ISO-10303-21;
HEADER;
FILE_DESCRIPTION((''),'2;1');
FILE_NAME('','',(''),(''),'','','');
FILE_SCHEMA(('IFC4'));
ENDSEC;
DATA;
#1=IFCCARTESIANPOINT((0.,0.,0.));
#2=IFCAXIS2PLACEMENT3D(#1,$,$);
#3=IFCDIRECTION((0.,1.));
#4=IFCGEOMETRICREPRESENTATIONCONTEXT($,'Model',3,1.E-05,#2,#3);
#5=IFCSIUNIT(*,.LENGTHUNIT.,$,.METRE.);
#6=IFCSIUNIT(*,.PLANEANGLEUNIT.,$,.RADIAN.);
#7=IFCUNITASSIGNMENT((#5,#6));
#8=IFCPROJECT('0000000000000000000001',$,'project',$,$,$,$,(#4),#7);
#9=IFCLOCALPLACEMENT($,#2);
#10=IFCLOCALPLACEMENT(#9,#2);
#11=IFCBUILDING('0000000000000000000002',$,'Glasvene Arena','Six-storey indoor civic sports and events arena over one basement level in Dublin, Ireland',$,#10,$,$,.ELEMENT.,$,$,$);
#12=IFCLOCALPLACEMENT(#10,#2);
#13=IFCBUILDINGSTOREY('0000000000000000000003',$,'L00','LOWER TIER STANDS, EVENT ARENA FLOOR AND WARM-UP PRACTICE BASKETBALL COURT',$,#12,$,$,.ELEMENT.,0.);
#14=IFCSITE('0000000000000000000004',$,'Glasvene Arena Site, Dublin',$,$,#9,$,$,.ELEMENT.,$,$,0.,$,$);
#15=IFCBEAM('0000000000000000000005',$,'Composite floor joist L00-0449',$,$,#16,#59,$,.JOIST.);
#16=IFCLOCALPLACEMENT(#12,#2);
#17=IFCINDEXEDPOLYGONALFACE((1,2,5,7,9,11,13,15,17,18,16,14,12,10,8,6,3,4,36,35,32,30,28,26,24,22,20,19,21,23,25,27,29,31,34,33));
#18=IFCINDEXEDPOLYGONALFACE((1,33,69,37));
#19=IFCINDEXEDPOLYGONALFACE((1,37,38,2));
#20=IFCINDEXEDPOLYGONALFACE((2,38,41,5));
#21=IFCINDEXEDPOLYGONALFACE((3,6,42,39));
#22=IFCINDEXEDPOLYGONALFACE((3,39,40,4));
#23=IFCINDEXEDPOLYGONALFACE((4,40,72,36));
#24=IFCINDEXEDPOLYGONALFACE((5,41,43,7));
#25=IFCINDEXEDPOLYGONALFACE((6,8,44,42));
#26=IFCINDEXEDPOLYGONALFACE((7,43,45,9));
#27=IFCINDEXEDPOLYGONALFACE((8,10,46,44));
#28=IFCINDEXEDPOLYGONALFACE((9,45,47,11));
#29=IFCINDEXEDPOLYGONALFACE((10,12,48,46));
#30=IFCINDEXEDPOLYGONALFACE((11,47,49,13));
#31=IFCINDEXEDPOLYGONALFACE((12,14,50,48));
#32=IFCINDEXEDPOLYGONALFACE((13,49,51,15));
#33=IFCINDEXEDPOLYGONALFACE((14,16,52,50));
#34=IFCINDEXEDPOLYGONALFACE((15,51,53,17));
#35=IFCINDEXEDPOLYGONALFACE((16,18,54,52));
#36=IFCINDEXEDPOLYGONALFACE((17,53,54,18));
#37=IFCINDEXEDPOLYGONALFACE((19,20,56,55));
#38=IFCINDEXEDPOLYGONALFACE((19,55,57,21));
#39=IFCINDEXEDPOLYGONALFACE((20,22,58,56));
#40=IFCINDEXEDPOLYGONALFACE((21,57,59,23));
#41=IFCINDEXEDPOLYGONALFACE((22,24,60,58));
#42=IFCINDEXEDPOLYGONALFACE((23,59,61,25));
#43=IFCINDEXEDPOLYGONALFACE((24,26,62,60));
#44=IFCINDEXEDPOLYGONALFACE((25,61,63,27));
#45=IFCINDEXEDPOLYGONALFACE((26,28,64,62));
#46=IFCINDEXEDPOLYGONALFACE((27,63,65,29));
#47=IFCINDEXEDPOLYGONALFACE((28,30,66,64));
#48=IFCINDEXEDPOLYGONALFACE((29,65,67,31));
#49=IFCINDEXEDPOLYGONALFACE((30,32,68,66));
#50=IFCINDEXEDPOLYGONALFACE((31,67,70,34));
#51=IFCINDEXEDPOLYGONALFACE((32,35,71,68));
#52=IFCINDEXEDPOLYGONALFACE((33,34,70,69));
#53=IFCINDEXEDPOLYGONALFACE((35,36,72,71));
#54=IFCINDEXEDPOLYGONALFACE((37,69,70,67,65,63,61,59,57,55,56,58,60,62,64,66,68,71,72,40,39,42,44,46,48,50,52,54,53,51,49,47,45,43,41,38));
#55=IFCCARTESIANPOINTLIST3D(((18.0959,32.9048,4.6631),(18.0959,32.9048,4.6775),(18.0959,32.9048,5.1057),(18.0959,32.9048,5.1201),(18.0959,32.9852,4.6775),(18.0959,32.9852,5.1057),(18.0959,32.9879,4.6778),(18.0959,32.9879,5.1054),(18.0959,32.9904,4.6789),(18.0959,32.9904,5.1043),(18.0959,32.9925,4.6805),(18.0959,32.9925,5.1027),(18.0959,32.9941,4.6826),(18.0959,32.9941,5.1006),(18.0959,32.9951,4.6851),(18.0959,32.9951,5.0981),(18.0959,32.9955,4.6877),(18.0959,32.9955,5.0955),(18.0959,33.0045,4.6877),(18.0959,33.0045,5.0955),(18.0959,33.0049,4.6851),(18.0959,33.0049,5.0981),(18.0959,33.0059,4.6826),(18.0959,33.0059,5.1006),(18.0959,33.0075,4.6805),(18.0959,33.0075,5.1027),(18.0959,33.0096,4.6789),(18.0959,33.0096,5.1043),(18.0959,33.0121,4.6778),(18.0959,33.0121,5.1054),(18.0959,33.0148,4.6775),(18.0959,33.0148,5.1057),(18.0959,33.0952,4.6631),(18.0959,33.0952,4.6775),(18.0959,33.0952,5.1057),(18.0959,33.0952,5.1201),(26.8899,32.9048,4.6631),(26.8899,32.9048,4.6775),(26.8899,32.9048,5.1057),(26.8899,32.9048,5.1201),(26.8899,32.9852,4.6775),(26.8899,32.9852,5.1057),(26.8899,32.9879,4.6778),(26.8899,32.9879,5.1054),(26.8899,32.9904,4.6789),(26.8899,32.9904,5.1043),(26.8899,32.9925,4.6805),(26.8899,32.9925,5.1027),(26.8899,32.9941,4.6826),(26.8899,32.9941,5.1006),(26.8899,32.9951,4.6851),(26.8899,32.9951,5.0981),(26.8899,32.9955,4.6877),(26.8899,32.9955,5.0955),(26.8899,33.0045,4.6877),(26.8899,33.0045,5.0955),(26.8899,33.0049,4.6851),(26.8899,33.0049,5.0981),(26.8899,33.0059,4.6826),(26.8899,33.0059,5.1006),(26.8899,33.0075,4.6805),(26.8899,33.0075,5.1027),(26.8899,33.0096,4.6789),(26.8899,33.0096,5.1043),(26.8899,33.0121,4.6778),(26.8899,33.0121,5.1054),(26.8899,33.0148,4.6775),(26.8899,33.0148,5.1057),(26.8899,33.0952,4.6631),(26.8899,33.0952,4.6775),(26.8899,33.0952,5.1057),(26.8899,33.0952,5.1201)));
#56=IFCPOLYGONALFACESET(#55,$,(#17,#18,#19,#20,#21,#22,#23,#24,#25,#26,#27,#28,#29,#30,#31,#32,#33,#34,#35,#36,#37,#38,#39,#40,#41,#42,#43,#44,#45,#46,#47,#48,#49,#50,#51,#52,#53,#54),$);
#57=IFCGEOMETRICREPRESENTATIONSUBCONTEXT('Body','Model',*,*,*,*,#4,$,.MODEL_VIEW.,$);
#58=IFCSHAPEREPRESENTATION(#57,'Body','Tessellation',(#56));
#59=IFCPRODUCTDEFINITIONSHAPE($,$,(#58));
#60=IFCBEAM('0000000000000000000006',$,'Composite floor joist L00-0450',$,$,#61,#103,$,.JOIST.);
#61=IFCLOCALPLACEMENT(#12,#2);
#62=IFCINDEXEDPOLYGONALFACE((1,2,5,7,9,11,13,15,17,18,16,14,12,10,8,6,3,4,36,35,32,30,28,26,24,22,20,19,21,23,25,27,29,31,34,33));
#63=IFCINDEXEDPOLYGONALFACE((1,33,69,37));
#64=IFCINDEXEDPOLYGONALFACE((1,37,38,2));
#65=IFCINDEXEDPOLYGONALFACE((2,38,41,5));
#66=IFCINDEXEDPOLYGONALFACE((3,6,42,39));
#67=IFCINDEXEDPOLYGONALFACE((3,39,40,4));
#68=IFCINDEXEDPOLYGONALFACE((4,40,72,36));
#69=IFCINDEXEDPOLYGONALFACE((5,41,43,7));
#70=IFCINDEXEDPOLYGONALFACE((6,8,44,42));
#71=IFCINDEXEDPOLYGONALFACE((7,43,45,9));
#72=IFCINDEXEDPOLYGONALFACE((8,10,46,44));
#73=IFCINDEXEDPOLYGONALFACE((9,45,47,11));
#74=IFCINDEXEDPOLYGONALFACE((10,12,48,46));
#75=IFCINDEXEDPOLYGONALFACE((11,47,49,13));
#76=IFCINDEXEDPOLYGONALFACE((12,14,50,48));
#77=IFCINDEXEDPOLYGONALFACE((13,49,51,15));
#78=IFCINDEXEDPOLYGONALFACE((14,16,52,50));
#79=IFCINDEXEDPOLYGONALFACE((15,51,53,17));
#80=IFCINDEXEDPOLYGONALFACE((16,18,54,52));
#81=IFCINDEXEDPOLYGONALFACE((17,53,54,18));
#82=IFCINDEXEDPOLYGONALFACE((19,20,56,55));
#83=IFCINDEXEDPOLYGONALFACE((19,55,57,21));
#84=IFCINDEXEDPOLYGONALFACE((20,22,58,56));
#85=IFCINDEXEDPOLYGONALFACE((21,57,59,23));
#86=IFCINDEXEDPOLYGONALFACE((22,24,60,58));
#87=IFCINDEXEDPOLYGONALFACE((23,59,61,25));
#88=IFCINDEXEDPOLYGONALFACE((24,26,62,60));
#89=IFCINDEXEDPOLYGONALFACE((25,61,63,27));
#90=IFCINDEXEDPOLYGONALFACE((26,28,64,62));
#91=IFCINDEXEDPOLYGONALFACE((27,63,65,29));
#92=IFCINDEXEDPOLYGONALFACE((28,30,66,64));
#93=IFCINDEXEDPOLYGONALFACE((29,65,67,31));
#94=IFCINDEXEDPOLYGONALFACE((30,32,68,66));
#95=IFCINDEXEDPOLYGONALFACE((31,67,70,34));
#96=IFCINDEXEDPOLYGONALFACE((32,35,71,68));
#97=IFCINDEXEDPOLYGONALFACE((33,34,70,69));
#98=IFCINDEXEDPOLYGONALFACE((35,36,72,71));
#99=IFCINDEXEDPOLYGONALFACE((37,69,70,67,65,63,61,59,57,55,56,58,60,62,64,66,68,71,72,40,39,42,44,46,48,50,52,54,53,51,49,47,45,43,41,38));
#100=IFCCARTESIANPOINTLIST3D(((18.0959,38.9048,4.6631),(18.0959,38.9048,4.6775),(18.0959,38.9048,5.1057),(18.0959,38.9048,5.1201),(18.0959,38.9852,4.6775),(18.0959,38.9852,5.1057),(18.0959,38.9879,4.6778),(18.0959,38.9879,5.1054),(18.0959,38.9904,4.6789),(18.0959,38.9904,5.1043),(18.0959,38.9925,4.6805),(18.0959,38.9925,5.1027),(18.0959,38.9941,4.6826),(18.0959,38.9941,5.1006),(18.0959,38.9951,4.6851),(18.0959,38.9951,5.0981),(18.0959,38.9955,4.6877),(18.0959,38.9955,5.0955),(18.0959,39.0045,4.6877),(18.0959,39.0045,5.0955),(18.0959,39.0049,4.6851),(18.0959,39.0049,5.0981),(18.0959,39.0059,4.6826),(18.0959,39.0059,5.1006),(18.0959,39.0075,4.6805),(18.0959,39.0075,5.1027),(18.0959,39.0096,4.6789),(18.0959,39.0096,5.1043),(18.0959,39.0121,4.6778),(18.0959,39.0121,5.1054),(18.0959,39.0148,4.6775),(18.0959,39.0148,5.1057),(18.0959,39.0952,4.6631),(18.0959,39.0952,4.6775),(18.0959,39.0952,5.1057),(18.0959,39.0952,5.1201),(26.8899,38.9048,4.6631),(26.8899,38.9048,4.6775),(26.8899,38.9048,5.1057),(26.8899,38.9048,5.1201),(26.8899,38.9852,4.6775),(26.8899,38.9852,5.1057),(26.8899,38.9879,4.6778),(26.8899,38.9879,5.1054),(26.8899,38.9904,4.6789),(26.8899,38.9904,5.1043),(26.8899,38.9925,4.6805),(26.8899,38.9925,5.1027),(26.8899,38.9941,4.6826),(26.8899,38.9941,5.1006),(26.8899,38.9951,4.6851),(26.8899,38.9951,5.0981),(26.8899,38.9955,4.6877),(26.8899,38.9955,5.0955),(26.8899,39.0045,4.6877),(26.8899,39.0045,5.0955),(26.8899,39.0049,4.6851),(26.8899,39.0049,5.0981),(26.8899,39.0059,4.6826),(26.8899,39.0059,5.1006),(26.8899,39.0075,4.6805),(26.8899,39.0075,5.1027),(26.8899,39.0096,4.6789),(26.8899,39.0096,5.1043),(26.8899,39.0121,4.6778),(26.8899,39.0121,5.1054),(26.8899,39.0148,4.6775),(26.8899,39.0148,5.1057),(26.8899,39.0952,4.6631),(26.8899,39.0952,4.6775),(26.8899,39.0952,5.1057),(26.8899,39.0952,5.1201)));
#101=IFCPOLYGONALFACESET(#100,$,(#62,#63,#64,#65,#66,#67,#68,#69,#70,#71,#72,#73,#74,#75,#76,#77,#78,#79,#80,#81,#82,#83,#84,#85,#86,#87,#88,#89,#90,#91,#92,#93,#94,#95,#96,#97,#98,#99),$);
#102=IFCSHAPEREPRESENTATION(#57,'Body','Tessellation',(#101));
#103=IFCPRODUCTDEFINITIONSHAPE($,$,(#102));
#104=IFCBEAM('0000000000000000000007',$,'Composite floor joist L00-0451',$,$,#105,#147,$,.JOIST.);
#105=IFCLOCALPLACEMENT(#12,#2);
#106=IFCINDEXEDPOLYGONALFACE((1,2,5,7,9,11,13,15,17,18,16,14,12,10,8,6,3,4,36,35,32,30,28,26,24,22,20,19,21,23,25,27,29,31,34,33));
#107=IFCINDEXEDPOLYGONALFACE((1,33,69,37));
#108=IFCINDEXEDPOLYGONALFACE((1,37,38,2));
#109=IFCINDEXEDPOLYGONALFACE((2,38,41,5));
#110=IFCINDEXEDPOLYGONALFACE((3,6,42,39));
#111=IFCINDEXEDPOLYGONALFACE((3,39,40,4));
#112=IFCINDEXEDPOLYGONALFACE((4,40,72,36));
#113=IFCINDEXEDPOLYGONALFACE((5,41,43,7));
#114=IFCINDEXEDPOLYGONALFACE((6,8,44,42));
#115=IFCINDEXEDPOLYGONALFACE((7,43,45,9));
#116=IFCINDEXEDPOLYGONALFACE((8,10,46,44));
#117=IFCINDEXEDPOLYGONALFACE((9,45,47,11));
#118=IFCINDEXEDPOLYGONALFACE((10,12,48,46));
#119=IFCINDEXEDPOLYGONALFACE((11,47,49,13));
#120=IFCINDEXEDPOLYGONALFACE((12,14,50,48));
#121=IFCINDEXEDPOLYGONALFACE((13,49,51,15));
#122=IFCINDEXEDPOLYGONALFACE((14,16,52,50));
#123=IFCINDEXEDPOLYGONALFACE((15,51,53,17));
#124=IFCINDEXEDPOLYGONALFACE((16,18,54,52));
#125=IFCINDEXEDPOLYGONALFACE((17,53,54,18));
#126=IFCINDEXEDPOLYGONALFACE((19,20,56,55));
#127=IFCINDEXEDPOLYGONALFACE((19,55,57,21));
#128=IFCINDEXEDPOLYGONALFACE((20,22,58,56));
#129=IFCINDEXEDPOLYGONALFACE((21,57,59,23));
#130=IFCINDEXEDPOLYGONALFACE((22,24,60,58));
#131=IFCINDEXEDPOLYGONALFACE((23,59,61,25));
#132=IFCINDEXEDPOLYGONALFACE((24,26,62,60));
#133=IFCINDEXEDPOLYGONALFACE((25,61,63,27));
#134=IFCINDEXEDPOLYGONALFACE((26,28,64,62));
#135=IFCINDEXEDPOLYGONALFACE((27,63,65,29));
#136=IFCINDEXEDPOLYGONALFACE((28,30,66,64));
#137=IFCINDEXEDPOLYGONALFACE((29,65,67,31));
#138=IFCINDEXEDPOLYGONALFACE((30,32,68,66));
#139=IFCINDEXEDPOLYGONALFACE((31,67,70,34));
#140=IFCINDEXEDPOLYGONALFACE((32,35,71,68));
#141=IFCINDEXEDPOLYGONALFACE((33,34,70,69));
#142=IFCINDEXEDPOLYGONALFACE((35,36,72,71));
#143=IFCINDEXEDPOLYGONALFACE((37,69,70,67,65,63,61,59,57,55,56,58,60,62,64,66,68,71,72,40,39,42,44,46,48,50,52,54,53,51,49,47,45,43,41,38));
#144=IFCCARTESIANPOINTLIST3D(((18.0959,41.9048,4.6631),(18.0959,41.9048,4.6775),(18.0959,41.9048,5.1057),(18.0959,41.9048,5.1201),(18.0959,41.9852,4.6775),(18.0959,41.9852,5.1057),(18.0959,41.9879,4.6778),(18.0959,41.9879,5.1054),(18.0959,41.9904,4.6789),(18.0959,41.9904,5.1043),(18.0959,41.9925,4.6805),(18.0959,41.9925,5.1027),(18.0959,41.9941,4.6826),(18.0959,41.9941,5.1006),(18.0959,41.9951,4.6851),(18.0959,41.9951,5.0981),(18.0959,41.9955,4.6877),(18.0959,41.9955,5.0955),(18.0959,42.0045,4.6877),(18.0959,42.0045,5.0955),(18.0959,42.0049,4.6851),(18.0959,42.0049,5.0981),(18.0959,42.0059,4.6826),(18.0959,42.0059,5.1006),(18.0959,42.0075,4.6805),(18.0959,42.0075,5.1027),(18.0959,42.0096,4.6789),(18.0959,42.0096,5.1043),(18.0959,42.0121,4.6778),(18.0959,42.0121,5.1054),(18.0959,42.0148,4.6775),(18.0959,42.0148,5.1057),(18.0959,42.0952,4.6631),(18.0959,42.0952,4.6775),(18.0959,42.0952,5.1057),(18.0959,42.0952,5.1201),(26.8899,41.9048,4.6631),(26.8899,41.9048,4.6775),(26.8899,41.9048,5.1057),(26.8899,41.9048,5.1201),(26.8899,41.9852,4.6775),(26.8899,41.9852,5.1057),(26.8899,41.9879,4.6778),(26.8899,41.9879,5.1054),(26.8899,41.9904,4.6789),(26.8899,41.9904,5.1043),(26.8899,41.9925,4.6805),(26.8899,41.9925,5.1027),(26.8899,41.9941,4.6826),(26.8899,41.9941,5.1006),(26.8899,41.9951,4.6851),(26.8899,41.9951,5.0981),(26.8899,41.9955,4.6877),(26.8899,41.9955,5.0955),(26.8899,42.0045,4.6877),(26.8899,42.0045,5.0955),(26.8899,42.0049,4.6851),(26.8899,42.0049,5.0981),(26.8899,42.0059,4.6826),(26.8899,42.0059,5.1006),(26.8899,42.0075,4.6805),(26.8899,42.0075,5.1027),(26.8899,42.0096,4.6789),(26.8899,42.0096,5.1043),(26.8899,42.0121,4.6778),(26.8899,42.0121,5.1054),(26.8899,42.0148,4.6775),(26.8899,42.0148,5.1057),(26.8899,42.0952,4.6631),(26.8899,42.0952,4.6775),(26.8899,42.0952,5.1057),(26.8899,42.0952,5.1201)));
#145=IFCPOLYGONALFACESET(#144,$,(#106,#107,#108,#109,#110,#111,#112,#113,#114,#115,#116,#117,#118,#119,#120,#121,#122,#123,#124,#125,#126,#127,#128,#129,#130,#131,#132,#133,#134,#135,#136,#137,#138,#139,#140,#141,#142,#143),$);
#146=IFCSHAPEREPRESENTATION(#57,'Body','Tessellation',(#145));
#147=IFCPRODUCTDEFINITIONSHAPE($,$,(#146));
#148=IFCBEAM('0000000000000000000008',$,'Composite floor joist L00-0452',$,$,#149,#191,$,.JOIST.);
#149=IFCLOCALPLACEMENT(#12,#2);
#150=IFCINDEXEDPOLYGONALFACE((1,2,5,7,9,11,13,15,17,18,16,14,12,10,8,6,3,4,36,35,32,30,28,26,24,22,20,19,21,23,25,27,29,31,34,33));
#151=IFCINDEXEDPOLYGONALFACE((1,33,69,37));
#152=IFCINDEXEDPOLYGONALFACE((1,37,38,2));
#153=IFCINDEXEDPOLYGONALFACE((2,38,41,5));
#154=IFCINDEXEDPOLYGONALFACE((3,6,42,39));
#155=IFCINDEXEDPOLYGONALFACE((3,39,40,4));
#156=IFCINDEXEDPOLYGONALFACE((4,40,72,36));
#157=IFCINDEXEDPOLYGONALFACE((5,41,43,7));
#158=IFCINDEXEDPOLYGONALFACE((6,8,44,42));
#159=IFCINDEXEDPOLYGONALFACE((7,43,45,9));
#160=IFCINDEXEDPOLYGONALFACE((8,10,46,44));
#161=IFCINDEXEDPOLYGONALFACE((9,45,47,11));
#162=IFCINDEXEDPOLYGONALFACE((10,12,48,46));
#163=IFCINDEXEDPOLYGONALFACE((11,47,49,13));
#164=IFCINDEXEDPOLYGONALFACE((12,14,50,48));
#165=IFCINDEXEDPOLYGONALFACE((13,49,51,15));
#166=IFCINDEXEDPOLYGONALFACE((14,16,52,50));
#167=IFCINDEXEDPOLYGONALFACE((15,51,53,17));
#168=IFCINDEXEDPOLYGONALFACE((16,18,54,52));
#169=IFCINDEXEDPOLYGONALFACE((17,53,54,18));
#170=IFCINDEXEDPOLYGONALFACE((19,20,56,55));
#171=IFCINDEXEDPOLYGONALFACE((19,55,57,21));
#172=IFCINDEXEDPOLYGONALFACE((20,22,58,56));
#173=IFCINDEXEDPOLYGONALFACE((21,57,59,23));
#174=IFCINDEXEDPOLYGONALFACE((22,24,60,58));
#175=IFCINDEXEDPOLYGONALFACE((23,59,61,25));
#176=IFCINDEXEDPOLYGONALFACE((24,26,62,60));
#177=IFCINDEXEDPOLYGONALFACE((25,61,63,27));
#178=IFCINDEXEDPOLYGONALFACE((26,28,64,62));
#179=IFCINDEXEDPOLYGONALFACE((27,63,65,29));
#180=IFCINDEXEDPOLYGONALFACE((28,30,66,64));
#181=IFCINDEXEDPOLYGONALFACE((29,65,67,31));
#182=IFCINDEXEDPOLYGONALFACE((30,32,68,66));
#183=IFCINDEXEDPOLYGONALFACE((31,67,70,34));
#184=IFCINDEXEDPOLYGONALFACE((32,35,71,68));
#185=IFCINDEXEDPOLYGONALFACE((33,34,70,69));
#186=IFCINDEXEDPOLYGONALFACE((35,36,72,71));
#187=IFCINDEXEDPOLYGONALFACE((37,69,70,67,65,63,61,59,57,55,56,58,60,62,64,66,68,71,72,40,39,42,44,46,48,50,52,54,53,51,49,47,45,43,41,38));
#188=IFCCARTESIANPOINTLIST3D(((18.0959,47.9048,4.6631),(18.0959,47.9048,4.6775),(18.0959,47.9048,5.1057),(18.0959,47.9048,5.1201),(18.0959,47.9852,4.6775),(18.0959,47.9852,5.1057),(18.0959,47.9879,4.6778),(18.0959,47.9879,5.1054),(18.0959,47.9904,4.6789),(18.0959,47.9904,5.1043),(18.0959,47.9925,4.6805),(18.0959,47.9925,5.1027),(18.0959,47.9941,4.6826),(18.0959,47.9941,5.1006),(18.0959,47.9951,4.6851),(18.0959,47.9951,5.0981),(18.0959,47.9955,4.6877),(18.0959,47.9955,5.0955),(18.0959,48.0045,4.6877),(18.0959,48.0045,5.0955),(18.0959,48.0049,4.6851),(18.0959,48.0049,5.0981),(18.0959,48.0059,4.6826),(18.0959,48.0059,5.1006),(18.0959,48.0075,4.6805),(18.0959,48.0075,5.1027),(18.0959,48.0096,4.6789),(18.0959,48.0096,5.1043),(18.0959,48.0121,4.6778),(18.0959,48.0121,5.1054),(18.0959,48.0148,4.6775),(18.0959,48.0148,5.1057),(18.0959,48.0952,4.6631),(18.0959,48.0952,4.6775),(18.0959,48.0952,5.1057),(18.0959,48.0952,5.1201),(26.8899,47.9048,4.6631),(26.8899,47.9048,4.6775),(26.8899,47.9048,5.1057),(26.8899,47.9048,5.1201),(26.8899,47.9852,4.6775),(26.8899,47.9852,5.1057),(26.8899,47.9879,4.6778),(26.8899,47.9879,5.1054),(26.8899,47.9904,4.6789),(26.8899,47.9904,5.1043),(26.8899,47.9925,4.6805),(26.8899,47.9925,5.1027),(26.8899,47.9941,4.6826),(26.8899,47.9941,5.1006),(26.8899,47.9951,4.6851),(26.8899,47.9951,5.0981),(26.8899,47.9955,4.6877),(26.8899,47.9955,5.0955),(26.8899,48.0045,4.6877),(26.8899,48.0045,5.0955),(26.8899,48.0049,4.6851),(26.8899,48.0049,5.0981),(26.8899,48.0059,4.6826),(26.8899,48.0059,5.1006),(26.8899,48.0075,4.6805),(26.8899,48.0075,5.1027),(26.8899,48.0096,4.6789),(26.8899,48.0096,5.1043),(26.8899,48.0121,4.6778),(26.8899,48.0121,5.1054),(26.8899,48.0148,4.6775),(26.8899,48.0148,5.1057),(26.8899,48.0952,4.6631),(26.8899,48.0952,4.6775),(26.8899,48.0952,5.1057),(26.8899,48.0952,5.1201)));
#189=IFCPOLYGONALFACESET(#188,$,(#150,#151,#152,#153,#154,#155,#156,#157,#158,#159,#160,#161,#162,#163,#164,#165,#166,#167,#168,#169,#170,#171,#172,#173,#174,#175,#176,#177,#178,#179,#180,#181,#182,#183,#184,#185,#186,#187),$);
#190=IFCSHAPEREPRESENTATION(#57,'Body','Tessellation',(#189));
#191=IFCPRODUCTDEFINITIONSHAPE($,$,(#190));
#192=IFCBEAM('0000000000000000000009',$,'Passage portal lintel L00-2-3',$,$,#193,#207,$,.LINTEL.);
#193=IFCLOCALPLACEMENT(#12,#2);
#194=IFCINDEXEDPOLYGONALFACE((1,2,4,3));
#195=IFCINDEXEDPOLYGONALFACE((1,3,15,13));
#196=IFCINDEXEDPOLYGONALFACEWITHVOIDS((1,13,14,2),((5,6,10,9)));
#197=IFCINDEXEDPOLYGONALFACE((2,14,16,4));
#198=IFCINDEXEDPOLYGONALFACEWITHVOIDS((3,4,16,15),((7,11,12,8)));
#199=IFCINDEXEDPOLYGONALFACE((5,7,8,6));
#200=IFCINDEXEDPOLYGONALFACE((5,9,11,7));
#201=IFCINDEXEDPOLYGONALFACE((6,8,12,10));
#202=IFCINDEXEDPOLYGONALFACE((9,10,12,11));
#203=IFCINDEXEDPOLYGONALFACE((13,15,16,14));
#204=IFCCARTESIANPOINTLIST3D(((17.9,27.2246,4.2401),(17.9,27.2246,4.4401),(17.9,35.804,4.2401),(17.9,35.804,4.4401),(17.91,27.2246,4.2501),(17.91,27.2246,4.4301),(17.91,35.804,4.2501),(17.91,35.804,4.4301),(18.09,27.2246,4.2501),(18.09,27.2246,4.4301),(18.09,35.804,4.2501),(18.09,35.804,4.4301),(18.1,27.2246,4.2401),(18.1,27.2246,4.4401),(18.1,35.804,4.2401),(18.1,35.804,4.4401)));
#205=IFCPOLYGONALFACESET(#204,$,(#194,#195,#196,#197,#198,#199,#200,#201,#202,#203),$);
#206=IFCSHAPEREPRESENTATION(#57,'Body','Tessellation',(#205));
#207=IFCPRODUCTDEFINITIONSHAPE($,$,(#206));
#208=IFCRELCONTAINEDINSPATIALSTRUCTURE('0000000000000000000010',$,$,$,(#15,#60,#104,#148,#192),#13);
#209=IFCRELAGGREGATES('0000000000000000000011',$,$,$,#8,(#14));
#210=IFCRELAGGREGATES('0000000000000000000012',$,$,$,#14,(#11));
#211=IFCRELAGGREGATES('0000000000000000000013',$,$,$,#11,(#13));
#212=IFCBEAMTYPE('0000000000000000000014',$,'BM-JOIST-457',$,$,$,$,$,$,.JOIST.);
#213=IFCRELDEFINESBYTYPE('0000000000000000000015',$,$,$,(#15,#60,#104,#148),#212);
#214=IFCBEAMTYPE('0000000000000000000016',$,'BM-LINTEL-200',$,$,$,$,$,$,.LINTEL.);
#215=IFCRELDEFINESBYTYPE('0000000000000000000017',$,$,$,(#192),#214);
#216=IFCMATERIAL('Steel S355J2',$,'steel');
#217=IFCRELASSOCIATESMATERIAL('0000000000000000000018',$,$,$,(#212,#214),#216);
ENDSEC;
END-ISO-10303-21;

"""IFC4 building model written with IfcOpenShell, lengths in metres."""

from ifc_helpers import new_model, si_unit, direction, frame, origin, origin_2d, place, context, subcontext, project, spatial, hollow_rectangle, i_section, extrude, material, material_profile, profile_set, type_object, element, save


model = new_model("IFC4")

# Units and contexts
model_context = context("Model", 3, precision=1e-05, world=origin(), true_north=direction((0.0, 1.0)))
body_context = subcontext(model_context, "Body", "Model", "MODEL_VIEW")
ifc_project = project(units=[si_unit("LENGTHUNIT", "METRE"), si_unit("PLANEANGLEUNIT", "RADIAN")], contexts=[model_context])

# Site, building, storey
site_placement = place(None, origin())
site = spatial("IfcSite", under=ifc_project, at=site_placement, Name="Glasvene Arena Site, Dublin", CompositionType="ELEMENT", RefElevation=0.0)
building_placement = place(site_placement, origin())
building = spatial("IfcBuilding", under=site, at=building_placement, Name="Glasvene Arena", Description="Six-storey indoor civic sports and events arena over one basement level in Dublin, Ireland", CompositionType="ELEMENT")
storey_placement = place(building_placement, origin())
storey = spatial("IfcBuildingStorey", under=building, at=storey_placement, Name="L00", Description="LOWER TIER STANDS, EVENT ARENA FLOOR AND WARM-UP PRACTICE BASKETBALL COURT", CompositionType="ELEMENT", Elevation=0.0)

# Shared definitions
ifc_material_1 = material(Name="Steel S355J2", Category="steel")

# Beams
ifc_material_profile_1 = material_profile(ifc_material_1, i_section(OverallWidth=0.1904, OverallDepth=0.457, WebThickness=0.009, FlangeThickness=0.0144, FilletRadius=0.0103, at=origin_2d()), Name="UKB 457x191x74")
ifc_profile_set_1 = profile_set([ifc_material_profile_1], Name="Steel S355J2")
beam_type_1 = type_object("IfcBeamType", Name="BM-JOIST-457", PredefinedType="JOIST", material=ifc_profile_set_1)
for number, where, z_axis, x_axis, name in (
    (1, (18.0959, 33.0, 4.8916), (1.0, 0.0, 0.0), (0.0, 1.0, 0.0), "Composite floor joist L00-0449"),
    (2, (18.0959, 39.0, 4.8916), (1.0, 0.0, 0.0), (0.0, 1.0, 0.0), "Composite floor joist L00-0450"),
    (3, (18.0959, 42.0, 4.8916), (1.0, 0.0, 0.0), (0.0, 1.0, 0.0), "Composite floor joist L00-0451"),
    (4, (18.0959, 48.0, 4.8916), (1.0, 0.0, 0.0), (0.0, 1.0, 0.0), "Composite floor joist L00-0452"),
):
    element("IfcBeam", number, at=place(storey_placement, frame(where, z_axis=z_axis, x_axis=x_axis)), inside=storey, type_object=beam_type_1, Name=name, PredefinedType="JOIST", context=body_context, shape_type="SweptSolid", body=[
        extrude(i_section(OverallWidth=0.1904, OverallDepth=0.457, WebThickness=0.009, FlangeThickness=0.0144, FilletRadius=0.0103, at=origin_2d()), origin(), (0.0, 0.0, 1.0), 8.7939),
    ])
ifc_material_profile_2 = material_profile(ifc_material_1, hollow_rectangle(XDim=0.2, YDim=0.2, WallThickness=0.01, at=origin_2d()), Name="SHS 200x200x10.0")
ifc_profile_set_2 = profile_set([ifc_material_profile_2], Name="Steel S355J2")
beam_type_2 = type_object("IfcBeamType", Name="BM-LINTEL-200", PredefinedType="LINTEL", material=ifc_profile_set_2)
beam_1_placement = place(storey_placement, frame((18.0, 27.2246, 4.3401), z_axis=(0.0, 1.0, 0.0), x_axis=(-1.0, 0.0, 0.0)))
element("IfcBeam", 5, at=beam_1_placement, inside=storey, type_object=beam_type_2, Name="Passage portal lintel L00-2-3", PredefinedType="LINTEL", context=body_context, shape_type="SweptSolid", body=[
    extrude(hollow_rectangle(XDim=0.2, YDim=0.2, WallThickness=0.01, at=origin_2d()), origin(), (0.0, 0.0, 1.0), 8.5793),
])

save(model, "model.ifc")
